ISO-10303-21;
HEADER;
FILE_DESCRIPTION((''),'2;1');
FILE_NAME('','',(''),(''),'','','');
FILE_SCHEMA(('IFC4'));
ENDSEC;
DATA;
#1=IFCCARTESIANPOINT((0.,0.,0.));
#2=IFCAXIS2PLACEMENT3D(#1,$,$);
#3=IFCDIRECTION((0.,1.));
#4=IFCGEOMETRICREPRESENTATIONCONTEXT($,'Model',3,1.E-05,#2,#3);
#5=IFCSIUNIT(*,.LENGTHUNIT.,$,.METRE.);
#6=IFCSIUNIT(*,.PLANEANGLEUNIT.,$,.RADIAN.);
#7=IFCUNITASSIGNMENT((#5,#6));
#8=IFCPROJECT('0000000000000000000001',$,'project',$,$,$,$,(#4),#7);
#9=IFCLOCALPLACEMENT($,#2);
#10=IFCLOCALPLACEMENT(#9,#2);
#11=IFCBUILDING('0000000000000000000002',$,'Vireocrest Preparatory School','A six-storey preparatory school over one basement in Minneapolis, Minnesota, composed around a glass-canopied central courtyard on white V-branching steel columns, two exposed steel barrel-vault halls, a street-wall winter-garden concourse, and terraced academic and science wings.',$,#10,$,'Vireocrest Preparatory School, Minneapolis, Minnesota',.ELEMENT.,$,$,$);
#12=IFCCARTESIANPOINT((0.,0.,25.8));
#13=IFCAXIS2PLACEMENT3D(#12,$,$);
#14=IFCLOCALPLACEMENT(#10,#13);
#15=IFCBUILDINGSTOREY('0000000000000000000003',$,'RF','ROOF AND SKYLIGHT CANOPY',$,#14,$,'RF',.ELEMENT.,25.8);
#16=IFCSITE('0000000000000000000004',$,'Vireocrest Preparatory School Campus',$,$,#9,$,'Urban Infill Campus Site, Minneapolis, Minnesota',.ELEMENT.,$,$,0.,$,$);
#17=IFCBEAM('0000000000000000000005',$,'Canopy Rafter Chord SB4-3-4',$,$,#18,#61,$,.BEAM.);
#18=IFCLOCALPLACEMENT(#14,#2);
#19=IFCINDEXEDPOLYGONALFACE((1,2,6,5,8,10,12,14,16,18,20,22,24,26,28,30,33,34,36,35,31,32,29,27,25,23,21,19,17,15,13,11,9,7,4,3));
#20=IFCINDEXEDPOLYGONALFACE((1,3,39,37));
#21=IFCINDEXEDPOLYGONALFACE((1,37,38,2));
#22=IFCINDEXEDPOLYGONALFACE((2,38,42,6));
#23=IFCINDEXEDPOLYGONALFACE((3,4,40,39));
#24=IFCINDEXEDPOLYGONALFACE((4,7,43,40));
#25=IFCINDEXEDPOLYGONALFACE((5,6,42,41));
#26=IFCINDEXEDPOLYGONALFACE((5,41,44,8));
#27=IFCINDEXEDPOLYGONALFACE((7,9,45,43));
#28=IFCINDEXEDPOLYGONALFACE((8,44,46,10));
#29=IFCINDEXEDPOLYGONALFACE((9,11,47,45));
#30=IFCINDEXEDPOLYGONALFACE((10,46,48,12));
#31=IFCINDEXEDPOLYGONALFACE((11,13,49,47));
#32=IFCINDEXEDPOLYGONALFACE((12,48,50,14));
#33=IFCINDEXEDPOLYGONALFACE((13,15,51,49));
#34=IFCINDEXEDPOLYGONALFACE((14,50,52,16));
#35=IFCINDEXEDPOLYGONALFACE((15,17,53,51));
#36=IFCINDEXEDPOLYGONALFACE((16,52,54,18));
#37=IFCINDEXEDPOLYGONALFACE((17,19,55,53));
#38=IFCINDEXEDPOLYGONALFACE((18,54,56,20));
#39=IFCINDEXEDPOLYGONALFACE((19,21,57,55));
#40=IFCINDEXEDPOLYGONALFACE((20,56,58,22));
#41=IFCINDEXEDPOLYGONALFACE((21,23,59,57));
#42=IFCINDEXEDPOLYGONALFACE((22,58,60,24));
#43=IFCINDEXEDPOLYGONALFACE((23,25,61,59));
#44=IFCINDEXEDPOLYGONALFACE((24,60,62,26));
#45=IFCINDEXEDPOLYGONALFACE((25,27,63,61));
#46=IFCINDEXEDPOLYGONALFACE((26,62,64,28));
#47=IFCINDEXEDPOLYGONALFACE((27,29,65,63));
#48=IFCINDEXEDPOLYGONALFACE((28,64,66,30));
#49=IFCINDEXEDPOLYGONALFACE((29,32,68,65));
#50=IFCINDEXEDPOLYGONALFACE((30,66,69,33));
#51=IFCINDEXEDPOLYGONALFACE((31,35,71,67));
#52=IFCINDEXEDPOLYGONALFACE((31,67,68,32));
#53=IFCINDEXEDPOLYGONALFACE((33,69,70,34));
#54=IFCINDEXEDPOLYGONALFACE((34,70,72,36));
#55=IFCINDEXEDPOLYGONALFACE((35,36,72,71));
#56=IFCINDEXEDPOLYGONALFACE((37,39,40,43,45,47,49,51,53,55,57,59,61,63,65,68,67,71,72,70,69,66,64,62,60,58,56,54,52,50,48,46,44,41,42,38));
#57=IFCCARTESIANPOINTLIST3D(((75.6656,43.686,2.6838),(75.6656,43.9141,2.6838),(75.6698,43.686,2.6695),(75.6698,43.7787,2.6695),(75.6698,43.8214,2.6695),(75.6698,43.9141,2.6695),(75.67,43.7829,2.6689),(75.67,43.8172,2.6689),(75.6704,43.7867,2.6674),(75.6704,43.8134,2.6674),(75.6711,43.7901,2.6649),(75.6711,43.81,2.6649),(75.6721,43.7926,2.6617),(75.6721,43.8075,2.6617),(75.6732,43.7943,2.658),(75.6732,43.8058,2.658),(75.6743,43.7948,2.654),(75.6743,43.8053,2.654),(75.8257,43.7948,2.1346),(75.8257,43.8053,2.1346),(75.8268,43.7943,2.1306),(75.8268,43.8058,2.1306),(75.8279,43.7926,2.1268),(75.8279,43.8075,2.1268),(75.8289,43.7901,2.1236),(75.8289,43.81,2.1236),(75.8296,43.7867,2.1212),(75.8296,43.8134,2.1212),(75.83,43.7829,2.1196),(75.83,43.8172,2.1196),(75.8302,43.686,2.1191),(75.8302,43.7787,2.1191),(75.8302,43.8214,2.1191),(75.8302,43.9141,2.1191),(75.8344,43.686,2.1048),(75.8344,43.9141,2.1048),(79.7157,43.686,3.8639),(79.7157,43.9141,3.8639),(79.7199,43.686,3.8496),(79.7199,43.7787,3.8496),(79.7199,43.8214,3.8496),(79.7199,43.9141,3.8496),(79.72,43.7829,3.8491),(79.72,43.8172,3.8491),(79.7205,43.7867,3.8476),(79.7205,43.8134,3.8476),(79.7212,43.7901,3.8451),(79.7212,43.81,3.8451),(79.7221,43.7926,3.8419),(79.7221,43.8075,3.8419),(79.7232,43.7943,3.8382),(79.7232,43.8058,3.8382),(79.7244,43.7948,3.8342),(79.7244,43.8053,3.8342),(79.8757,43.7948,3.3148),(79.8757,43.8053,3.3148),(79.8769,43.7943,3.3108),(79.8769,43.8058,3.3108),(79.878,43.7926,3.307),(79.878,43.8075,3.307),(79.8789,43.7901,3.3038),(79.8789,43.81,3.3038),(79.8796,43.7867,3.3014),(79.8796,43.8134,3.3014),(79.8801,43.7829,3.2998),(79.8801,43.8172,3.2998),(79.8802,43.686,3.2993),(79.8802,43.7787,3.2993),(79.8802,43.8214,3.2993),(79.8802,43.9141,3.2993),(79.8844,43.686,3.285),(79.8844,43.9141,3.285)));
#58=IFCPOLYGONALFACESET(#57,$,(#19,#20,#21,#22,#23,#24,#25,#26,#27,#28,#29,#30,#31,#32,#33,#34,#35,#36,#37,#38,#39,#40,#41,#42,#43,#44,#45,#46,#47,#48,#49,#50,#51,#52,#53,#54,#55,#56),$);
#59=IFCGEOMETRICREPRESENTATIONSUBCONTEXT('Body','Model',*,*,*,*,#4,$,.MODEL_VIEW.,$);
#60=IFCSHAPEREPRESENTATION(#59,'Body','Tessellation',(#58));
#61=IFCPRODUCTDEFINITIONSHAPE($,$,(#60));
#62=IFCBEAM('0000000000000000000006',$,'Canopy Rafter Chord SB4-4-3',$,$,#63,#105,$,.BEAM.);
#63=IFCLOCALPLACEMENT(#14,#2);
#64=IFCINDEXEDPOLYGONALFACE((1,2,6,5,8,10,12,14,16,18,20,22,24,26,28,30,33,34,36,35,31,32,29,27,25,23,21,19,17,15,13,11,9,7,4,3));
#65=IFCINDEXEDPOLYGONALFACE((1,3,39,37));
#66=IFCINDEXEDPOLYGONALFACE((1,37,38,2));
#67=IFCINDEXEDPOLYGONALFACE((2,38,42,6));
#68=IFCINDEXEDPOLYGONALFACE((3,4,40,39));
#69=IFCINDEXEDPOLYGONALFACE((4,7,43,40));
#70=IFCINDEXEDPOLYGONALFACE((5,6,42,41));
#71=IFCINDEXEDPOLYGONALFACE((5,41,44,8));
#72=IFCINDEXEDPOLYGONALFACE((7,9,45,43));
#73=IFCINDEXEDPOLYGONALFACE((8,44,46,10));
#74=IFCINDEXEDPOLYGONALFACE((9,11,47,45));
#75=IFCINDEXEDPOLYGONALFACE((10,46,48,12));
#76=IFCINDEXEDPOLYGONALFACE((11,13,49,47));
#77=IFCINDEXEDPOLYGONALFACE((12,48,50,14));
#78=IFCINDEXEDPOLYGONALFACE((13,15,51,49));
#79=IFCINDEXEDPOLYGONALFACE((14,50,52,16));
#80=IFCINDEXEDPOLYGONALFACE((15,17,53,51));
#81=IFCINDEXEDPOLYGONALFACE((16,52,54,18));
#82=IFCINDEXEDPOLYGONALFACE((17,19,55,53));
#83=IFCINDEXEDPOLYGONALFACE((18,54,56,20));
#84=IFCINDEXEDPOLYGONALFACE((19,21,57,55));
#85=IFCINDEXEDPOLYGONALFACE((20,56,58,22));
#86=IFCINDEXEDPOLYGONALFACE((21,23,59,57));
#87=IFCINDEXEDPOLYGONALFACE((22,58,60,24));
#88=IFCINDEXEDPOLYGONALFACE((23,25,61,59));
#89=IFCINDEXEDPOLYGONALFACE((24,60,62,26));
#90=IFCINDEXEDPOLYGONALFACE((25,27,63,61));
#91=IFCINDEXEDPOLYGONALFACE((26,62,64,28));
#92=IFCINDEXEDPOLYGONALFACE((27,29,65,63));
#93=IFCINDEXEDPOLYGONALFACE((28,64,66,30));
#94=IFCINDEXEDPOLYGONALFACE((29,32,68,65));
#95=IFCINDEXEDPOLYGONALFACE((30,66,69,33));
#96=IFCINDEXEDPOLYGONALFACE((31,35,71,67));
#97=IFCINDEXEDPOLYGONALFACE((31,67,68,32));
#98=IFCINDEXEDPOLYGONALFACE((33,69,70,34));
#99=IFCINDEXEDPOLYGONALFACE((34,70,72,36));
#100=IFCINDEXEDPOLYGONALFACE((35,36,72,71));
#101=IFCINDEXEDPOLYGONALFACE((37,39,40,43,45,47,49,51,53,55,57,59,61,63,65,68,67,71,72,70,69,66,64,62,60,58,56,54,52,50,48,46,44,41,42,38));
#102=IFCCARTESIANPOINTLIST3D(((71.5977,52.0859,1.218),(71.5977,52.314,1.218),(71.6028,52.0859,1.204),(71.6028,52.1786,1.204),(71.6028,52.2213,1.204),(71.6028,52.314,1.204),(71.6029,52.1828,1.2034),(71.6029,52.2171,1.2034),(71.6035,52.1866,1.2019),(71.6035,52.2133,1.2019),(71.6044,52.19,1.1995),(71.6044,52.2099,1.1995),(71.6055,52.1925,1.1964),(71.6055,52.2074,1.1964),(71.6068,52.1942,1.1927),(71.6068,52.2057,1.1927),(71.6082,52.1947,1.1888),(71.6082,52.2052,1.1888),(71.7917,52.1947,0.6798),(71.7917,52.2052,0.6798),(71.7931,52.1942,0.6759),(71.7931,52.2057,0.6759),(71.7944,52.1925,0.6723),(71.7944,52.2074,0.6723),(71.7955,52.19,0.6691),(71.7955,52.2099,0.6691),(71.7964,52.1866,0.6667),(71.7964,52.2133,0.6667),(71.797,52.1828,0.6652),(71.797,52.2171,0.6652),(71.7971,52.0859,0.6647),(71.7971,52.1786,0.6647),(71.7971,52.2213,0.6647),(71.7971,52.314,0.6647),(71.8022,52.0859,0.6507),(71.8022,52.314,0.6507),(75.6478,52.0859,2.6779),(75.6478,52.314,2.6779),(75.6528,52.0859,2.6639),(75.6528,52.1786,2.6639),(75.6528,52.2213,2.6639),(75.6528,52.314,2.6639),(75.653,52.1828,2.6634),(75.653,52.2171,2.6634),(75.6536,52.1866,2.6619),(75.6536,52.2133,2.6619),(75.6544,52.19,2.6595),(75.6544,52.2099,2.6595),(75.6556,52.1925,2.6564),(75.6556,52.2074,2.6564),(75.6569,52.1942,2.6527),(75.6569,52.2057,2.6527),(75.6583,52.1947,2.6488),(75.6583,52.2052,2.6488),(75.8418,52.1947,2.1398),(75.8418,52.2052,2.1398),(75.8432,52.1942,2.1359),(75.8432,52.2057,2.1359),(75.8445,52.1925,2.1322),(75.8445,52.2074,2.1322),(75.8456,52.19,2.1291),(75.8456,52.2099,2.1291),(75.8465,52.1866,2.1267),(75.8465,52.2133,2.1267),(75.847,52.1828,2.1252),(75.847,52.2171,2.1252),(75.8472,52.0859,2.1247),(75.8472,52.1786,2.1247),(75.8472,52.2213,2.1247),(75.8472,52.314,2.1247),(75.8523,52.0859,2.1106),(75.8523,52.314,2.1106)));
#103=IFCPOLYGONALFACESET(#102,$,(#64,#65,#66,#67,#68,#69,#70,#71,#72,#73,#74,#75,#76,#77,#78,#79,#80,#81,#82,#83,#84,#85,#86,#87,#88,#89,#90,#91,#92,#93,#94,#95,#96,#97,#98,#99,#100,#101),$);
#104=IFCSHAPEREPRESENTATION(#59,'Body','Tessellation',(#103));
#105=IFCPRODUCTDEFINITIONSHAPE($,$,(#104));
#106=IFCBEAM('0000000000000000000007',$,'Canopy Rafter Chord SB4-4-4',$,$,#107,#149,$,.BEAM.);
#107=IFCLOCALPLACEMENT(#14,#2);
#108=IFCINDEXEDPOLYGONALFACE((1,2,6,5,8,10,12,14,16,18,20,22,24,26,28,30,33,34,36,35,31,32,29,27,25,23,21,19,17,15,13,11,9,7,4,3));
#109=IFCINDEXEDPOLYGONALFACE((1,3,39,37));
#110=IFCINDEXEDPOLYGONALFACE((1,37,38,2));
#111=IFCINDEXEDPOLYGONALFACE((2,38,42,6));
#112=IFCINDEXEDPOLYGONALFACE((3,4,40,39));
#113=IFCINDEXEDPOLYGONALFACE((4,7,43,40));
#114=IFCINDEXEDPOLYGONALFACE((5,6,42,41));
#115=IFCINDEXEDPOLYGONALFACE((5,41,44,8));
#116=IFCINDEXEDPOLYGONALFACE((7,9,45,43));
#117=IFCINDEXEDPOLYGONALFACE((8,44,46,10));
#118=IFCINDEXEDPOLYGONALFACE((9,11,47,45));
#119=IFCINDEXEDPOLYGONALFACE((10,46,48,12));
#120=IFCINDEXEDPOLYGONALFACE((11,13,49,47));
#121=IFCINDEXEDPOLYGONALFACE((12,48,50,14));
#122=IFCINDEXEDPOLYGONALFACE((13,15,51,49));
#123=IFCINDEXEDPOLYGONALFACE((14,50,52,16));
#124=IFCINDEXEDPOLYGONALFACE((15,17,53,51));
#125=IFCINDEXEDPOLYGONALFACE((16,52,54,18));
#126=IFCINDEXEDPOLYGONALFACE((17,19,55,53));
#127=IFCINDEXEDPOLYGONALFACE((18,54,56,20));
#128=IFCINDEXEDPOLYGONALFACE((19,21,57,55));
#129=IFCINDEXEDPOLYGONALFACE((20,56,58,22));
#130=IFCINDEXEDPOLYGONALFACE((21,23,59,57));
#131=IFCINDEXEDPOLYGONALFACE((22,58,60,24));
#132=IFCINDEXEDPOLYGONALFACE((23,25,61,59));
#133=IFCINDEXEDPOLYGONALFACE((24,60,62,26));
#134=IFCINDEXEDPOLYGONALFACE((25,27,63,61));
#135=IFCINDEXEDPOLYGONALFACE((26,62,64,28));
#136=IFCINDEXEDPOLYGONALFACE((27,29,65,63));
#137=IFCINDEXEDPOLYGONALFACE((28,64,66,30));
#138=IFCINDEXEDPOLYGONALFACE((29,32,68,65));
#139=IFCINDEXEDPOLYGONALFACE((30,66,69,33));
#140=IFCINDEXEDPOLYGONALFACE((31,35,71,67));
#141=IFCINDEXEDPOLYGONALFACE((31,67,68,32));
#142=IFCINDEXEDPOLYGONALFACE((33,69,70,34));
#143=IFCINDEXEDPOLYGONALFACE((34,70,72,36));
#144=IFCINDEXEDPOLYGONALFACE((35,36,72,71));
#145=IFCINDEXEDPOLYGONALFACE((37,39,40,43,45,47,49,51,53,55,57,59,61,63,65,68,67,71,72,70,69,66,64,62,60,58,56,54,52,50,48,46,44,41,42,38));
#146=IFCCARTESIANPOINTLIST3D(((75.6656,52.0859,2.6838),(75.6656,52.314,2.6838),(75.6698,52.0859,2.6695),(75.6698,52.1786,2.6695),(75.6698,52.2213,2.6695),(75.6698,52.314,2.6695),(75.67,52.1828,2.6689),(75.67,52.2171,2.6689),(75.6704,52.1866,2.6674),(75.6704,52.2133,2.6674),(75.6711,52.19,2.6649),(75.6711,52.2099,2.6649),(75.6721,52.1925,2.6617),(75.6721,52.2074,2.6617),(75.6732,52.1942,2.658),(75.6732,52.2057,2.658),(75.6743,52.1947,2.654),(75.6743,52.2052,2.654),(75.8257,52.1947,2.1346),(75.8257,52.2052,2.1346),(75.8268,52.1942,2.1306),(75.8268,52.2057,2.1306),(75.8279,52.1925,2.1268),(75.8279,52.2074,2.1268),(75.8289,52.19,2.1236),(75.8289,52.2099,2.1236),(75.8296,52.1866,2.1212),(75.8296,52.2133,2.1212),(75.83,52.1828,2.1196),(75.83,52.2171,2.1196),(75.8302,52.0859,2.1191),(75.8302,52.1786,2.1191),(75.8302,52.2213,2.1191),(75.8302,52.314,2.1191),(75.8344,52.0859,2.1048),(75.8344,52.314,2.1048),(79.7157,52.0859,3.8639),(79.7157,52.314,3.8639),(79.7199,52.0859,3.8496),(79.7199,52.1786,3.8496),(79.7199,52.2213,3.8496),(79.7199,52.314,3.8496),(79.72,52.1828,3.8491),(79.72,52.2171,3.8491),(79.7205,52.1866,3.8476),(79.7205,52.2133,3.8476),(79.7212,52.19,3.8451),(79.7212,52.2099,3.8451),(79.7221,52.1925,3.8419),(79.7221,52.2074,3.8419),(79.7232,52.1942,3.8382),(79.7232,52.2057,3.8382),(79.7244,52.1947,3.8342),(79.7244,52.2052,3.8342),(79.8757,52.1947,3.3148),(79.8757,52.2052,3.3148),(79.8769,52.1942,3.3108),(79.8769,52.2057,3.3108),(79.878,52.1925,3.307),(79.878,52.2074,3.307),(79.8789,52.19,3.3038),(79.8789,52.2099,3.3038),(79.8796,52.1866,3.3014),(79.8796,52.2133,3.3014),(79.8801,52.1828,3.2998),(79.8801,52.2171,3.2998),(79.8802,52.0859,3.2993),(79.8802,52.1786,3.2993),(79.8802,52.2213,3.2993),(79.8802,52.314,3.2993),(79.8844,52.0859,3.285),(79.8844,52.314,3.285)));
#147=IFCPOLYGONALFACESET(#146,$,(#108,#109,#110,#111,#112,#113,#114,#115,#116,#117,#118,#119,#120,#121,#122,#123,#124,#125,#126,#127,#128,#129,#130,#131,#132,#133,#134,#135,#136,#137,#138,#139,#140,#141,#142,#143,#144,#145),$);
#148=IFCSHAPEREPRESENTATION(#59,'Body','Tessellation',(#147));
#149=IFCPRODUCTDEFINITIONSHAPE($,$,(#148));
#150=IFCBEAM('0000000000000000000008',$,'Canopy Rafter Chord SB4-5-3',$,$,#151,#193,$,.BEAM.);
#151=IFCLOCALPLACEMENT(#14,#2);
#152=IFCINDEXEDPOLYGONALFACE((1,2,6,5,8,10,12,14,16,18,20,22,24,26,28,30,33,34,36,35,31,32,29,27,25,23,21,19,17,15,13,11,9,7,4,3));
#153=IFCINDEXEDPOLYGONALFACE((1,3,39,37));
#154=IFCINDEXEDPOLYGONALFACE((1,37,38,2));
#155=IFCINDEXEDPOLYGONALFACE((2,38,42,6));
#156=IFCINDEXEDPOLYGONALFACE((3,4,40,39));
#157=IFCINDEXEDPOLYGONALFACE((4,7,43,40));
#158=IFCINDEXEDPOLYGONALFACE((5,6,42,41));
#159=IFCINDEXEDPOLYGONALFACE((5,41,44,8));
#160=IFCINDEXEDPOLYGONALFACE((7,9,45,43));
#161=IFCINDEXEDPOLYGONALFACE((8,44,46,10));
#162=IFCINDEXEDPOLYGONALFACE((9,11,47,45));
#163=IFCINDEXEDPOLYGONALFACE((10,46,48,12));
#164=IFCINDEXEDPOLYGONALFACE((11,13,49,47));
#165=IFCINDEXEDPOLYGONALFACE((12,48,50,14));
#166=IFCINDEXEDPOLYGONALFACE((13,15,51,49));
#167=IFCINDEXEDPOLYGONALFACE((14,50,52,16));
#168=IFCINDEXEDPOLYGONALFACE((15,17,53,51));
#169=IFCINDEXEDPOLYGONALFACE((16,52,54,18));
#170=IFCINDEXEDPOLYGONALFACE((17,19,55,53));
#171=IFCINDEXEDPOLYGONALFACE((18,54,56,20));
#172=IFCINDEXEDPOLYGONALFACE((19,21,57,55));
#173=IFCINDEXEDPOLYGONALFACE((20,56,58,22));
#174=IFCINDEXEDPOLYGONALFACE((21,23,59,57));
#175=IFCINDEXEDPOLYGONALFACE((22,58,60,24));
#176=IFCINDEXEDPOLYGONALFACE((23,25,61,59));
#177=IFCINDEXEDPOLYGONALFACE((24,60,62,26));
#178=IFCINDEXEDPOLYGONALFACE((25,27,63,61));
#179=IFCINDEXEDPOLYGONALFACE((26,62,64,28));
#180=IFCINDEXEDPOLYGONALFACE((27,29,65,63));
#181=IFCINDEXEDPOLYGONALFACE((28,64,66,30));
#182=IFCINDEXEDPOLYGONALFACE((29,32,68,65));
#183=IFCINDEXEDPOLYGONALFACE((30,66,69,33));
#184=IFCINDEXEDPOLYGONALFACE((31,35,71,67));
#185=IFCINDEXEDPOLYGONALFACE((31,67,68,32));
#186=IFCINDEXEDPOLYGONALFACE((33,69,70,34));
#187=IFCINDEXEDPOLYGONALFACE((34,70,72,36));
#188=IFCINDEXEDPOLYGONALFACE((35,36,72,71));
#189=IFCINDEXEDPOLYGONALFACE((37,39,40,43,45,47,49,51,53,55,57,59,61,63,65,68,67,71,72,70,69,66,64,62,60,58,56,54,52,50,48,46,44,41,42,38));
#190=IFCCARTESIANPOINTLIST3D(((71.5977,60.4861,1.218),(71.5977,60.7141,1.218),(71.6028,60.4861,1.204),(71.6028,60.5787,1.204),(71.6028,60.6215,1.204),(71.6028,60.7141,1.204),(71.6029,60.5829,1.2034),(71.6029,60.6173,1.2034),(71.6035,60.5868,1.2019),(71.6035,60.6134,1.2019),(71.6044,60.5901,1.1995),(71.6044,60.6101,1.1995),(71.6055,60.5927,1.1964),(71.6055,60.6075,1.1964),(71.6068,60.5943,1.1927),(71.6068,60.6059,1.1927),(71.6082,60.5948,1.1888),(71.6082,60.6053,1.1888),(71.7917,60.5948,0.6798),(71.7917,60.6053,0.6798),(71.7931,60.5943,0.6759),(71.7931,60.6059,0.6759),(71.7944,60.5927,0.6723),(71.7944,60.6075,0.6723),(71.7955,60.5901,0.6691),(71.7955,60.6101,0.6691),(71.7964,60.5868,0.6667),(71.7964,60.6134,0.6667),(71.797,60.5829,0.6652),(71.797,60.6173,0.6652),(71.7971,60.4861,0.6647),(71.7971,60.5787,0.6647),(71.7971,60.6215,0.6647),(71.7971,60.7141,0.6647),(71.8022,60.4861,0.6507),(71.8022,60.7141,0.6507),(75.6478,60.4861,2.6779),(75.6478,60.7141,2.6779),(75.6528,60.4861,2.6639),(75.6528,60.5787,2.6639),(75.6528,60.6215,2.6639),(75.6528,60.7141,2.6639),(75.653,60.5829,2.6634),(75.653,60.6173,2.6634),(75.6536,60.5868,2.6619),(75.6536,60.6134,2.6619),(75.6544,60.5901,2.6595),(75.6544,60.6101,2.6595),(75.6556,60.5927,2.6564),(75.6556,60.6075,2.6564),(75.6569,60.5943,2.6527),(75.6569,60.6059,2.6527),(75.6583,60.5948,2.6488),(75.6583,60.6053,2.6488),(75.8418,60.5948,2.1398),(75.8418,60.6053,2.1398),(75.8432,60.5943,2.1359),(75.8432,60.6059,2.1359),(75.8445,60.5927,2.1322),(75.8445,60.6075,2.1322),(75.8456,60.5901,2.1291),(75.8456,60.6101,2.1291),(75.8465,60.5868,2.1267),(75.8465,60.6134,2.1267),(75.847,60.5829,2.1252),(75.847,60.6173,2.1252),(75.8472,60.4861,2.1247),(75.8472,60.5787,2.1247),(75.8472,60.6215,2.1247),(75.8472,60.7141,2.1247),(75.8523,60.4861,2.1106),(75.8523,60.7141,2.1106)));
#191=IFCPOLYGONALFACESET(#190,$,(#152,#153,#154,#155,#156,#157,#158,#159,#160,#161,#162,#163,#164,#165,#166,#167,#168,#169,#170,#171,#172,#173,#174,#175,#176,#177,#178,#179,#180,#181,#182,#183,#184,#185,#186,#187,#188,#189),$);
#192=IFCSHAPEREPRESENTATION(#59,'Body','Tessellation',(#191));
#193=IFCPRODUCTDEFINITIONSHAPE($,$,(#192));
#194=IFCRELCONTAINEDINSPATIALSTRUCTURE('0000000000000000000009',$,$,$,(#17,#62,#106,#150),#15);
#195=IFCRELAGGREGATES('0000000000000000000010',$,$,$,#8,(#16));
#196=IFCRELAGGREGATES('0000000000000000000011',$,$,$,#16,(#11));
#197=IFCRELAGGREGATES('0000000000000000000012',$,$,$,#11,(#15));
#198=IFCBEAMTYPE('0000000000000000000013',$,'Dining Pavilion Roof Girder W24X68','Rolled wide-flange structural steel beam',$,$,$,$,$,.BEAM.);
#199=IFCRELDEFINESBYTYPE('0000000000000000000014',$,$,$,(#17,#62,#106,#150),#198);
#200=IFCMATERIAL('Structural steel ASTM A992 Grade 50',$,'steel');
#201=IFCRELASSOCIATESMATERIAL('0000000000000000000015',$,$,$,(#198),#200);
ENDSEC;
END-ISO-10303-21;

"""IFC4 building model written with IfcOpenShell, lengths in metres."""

from ifc_helpers import new_model, si_unit, direction, frame, origin, origin_2d, place, context, subcontext, project, spatial, i_section, extrude, material, material_profile, profile_set, type_object, element, save


model = new_model("IFC4")

# Units and contexts
model_context = context("Model", 3, precision=1e-05, world=origin(), true_north=direction((0.0, 1.0)))
body_context = subcontext(model_context, "Body", "Model", "MODEL_VIEW")
ifc_project = project(units=[si_unit("LENGTHUNIT", "METRE"), si_unit("PLANEANGLEUNIT", "RADIAN")], contexts=[model_context])

# Site, building, storey
site_placement = place(None, origin())
site = spatial("IfcSite", under=ifc_project, at=site_placement, Name="Vireocrest Preparatory School Campus", LongName="Urban Infill Campus Site, Minneapolis, Minnesota", CompositionType="ELEMENT", RefElevation=0.0)
building_placement = place(site_placement, origin())
building = spatial("IfcBuilding", under=site, at=building_placement, Name="Vireocrest Preparatory School", Description="A six-storey preparatory school over one basement in Minneapolis, Minnesota, composed around a glass-canopied central courtyard on white V-branching steel columns, two exposed steel barrel-vault halls, a street-wall winter-garden concourse, and terraced academic and science wings.", LongName="Vireocrest Preparatory School, Minneapolis, Minnesota", CompositionType="ELEMENT")
storey_placement = place(building_placement, frame((0.0, 0.0, 25.8)))
storey = spatial("IfcBuildingStorey", under=building, at=storey_placement, Name="RF", Description="ROOF AND SKYLIGHT CANOPY", LongName="RF", CompositionType="ELEMENT", Elevation=25.8)

# Beams
ifc_material_1 = material(Name="Structural steel ASTM A992 Grade 50", Category="steel")
ifc_material_profile_1 = material_profile(ifc_material_1, i_section(OverallWidth=0.228, OverallDepth=0.603, WebThickness=0.0105, FlangeThickness=0.0149, FilletRadius=0.0161, at=origin_2d()), Name="W24X68")
ifc_profile_set_1 = profile_set([ifc_material_profile_1], Name="Structural steel ASTM A992 Grade 50")
beam_type = type_object("IfcBeamType", Name="Dining Pavilion Roof Girder W24X68", Description="Rolled wide-flange structural steel beam", PredefinedType="BEAM", material=ifc_profile_set_1)
beam_1_placement = place(storey_placement, frame((75.75, 43.8, 2.3943), z_axis=(0.960069, 0.0, 0.279762), x_axis=(0.0, 1.0, 0.0)))
element("IfcBeam", 1, at=beam_1_placement, inside=storey, type_object=beam_type, Name="Canopy Rafter Chord SB4-3-4", PredefinedType="BEAM", context=body_context, shape_type="SweptSolid", body=[
    extrude(i_section(OverallWidth=0.228, OverallDepth=0.603, WebThickness=0.0105, FlangeThickness=0.0149, FilletRadius=0.0161, at=origin_2d()), origin(), (0.0, 0.0, 1.0), 4.2185),
])
beam_2_placement = place(storey_placement, frame((71.7, 52.2, 0.9343), z_axis=(0.940743, 0.0, 0.339119), x_axis=(0.0, 1.0, 0.0)))
element("IfcBeam", 2, at=beam_2_placement, inside=storey, type_object=beam_type, Name="Canopy Rafter Chord SB4-4-3", PredefinedType="BEAM", context=body_context, shape_type="SweptSolid", body=[
    extrude(i_section(OverallWidth=0.228, OverallDepth=0.603, WebThickness=0.0105, FlangeThickness=0.0149, FilletRadius=0.0161, at=origin_2d()), origin(), (0.0, 0.0, 1.0), 4.3052),
])
beam_3_placement = place(storey_placement, frame((75.75, 52.2, 2.3943), z_axis=(0.960069, 0.0, 0.279762), x_axis=(0.0, 1.0, 0.0)))
element("IfcBeam", 3, at=beam_3_placement, inside=storey, type_object=beam_type, Name="Canopy Rafter Chord SB4-4-4", PredefinedType="BEAM", context=body_context, shape_type="SweptSolid", body=[
    extrude(i_section(OverallWidth=0.228, OverallDepth=0.603, WebThickness=0.0105, FlangeThickness=0.0149, FilletRadius=0.0161, at=origin_2d()), origin(), (0.0, 0.0, 1.0), 4.2185),
])
beam_4_placement = place(storey_placement, frame((71.7, 60.6001, 0.9343), z_axis=(0.940743, 0.0, 0.339119), x_axis=(0.0, 1.0, 0.0)))
element("IfcBeam", 4, at=beam_4_placement, inside=storey, type_object=beam_type, Name="Canopy Rafter Chord SB4-5-3", PredefinedType="BEAM", context=body_context, shape_type="SweptSolid", body=[
    extrude(i_section(OverallWidth=0.228, OverallDepth=0.603, WebThickness=0.0105, FlangeThickness=0.0149, FilletRadius=0.0161, at=origin_2d()), origin(), (0.0, 0.0, 1.0), 4.3052),
])

save(model, "model.ifc")
